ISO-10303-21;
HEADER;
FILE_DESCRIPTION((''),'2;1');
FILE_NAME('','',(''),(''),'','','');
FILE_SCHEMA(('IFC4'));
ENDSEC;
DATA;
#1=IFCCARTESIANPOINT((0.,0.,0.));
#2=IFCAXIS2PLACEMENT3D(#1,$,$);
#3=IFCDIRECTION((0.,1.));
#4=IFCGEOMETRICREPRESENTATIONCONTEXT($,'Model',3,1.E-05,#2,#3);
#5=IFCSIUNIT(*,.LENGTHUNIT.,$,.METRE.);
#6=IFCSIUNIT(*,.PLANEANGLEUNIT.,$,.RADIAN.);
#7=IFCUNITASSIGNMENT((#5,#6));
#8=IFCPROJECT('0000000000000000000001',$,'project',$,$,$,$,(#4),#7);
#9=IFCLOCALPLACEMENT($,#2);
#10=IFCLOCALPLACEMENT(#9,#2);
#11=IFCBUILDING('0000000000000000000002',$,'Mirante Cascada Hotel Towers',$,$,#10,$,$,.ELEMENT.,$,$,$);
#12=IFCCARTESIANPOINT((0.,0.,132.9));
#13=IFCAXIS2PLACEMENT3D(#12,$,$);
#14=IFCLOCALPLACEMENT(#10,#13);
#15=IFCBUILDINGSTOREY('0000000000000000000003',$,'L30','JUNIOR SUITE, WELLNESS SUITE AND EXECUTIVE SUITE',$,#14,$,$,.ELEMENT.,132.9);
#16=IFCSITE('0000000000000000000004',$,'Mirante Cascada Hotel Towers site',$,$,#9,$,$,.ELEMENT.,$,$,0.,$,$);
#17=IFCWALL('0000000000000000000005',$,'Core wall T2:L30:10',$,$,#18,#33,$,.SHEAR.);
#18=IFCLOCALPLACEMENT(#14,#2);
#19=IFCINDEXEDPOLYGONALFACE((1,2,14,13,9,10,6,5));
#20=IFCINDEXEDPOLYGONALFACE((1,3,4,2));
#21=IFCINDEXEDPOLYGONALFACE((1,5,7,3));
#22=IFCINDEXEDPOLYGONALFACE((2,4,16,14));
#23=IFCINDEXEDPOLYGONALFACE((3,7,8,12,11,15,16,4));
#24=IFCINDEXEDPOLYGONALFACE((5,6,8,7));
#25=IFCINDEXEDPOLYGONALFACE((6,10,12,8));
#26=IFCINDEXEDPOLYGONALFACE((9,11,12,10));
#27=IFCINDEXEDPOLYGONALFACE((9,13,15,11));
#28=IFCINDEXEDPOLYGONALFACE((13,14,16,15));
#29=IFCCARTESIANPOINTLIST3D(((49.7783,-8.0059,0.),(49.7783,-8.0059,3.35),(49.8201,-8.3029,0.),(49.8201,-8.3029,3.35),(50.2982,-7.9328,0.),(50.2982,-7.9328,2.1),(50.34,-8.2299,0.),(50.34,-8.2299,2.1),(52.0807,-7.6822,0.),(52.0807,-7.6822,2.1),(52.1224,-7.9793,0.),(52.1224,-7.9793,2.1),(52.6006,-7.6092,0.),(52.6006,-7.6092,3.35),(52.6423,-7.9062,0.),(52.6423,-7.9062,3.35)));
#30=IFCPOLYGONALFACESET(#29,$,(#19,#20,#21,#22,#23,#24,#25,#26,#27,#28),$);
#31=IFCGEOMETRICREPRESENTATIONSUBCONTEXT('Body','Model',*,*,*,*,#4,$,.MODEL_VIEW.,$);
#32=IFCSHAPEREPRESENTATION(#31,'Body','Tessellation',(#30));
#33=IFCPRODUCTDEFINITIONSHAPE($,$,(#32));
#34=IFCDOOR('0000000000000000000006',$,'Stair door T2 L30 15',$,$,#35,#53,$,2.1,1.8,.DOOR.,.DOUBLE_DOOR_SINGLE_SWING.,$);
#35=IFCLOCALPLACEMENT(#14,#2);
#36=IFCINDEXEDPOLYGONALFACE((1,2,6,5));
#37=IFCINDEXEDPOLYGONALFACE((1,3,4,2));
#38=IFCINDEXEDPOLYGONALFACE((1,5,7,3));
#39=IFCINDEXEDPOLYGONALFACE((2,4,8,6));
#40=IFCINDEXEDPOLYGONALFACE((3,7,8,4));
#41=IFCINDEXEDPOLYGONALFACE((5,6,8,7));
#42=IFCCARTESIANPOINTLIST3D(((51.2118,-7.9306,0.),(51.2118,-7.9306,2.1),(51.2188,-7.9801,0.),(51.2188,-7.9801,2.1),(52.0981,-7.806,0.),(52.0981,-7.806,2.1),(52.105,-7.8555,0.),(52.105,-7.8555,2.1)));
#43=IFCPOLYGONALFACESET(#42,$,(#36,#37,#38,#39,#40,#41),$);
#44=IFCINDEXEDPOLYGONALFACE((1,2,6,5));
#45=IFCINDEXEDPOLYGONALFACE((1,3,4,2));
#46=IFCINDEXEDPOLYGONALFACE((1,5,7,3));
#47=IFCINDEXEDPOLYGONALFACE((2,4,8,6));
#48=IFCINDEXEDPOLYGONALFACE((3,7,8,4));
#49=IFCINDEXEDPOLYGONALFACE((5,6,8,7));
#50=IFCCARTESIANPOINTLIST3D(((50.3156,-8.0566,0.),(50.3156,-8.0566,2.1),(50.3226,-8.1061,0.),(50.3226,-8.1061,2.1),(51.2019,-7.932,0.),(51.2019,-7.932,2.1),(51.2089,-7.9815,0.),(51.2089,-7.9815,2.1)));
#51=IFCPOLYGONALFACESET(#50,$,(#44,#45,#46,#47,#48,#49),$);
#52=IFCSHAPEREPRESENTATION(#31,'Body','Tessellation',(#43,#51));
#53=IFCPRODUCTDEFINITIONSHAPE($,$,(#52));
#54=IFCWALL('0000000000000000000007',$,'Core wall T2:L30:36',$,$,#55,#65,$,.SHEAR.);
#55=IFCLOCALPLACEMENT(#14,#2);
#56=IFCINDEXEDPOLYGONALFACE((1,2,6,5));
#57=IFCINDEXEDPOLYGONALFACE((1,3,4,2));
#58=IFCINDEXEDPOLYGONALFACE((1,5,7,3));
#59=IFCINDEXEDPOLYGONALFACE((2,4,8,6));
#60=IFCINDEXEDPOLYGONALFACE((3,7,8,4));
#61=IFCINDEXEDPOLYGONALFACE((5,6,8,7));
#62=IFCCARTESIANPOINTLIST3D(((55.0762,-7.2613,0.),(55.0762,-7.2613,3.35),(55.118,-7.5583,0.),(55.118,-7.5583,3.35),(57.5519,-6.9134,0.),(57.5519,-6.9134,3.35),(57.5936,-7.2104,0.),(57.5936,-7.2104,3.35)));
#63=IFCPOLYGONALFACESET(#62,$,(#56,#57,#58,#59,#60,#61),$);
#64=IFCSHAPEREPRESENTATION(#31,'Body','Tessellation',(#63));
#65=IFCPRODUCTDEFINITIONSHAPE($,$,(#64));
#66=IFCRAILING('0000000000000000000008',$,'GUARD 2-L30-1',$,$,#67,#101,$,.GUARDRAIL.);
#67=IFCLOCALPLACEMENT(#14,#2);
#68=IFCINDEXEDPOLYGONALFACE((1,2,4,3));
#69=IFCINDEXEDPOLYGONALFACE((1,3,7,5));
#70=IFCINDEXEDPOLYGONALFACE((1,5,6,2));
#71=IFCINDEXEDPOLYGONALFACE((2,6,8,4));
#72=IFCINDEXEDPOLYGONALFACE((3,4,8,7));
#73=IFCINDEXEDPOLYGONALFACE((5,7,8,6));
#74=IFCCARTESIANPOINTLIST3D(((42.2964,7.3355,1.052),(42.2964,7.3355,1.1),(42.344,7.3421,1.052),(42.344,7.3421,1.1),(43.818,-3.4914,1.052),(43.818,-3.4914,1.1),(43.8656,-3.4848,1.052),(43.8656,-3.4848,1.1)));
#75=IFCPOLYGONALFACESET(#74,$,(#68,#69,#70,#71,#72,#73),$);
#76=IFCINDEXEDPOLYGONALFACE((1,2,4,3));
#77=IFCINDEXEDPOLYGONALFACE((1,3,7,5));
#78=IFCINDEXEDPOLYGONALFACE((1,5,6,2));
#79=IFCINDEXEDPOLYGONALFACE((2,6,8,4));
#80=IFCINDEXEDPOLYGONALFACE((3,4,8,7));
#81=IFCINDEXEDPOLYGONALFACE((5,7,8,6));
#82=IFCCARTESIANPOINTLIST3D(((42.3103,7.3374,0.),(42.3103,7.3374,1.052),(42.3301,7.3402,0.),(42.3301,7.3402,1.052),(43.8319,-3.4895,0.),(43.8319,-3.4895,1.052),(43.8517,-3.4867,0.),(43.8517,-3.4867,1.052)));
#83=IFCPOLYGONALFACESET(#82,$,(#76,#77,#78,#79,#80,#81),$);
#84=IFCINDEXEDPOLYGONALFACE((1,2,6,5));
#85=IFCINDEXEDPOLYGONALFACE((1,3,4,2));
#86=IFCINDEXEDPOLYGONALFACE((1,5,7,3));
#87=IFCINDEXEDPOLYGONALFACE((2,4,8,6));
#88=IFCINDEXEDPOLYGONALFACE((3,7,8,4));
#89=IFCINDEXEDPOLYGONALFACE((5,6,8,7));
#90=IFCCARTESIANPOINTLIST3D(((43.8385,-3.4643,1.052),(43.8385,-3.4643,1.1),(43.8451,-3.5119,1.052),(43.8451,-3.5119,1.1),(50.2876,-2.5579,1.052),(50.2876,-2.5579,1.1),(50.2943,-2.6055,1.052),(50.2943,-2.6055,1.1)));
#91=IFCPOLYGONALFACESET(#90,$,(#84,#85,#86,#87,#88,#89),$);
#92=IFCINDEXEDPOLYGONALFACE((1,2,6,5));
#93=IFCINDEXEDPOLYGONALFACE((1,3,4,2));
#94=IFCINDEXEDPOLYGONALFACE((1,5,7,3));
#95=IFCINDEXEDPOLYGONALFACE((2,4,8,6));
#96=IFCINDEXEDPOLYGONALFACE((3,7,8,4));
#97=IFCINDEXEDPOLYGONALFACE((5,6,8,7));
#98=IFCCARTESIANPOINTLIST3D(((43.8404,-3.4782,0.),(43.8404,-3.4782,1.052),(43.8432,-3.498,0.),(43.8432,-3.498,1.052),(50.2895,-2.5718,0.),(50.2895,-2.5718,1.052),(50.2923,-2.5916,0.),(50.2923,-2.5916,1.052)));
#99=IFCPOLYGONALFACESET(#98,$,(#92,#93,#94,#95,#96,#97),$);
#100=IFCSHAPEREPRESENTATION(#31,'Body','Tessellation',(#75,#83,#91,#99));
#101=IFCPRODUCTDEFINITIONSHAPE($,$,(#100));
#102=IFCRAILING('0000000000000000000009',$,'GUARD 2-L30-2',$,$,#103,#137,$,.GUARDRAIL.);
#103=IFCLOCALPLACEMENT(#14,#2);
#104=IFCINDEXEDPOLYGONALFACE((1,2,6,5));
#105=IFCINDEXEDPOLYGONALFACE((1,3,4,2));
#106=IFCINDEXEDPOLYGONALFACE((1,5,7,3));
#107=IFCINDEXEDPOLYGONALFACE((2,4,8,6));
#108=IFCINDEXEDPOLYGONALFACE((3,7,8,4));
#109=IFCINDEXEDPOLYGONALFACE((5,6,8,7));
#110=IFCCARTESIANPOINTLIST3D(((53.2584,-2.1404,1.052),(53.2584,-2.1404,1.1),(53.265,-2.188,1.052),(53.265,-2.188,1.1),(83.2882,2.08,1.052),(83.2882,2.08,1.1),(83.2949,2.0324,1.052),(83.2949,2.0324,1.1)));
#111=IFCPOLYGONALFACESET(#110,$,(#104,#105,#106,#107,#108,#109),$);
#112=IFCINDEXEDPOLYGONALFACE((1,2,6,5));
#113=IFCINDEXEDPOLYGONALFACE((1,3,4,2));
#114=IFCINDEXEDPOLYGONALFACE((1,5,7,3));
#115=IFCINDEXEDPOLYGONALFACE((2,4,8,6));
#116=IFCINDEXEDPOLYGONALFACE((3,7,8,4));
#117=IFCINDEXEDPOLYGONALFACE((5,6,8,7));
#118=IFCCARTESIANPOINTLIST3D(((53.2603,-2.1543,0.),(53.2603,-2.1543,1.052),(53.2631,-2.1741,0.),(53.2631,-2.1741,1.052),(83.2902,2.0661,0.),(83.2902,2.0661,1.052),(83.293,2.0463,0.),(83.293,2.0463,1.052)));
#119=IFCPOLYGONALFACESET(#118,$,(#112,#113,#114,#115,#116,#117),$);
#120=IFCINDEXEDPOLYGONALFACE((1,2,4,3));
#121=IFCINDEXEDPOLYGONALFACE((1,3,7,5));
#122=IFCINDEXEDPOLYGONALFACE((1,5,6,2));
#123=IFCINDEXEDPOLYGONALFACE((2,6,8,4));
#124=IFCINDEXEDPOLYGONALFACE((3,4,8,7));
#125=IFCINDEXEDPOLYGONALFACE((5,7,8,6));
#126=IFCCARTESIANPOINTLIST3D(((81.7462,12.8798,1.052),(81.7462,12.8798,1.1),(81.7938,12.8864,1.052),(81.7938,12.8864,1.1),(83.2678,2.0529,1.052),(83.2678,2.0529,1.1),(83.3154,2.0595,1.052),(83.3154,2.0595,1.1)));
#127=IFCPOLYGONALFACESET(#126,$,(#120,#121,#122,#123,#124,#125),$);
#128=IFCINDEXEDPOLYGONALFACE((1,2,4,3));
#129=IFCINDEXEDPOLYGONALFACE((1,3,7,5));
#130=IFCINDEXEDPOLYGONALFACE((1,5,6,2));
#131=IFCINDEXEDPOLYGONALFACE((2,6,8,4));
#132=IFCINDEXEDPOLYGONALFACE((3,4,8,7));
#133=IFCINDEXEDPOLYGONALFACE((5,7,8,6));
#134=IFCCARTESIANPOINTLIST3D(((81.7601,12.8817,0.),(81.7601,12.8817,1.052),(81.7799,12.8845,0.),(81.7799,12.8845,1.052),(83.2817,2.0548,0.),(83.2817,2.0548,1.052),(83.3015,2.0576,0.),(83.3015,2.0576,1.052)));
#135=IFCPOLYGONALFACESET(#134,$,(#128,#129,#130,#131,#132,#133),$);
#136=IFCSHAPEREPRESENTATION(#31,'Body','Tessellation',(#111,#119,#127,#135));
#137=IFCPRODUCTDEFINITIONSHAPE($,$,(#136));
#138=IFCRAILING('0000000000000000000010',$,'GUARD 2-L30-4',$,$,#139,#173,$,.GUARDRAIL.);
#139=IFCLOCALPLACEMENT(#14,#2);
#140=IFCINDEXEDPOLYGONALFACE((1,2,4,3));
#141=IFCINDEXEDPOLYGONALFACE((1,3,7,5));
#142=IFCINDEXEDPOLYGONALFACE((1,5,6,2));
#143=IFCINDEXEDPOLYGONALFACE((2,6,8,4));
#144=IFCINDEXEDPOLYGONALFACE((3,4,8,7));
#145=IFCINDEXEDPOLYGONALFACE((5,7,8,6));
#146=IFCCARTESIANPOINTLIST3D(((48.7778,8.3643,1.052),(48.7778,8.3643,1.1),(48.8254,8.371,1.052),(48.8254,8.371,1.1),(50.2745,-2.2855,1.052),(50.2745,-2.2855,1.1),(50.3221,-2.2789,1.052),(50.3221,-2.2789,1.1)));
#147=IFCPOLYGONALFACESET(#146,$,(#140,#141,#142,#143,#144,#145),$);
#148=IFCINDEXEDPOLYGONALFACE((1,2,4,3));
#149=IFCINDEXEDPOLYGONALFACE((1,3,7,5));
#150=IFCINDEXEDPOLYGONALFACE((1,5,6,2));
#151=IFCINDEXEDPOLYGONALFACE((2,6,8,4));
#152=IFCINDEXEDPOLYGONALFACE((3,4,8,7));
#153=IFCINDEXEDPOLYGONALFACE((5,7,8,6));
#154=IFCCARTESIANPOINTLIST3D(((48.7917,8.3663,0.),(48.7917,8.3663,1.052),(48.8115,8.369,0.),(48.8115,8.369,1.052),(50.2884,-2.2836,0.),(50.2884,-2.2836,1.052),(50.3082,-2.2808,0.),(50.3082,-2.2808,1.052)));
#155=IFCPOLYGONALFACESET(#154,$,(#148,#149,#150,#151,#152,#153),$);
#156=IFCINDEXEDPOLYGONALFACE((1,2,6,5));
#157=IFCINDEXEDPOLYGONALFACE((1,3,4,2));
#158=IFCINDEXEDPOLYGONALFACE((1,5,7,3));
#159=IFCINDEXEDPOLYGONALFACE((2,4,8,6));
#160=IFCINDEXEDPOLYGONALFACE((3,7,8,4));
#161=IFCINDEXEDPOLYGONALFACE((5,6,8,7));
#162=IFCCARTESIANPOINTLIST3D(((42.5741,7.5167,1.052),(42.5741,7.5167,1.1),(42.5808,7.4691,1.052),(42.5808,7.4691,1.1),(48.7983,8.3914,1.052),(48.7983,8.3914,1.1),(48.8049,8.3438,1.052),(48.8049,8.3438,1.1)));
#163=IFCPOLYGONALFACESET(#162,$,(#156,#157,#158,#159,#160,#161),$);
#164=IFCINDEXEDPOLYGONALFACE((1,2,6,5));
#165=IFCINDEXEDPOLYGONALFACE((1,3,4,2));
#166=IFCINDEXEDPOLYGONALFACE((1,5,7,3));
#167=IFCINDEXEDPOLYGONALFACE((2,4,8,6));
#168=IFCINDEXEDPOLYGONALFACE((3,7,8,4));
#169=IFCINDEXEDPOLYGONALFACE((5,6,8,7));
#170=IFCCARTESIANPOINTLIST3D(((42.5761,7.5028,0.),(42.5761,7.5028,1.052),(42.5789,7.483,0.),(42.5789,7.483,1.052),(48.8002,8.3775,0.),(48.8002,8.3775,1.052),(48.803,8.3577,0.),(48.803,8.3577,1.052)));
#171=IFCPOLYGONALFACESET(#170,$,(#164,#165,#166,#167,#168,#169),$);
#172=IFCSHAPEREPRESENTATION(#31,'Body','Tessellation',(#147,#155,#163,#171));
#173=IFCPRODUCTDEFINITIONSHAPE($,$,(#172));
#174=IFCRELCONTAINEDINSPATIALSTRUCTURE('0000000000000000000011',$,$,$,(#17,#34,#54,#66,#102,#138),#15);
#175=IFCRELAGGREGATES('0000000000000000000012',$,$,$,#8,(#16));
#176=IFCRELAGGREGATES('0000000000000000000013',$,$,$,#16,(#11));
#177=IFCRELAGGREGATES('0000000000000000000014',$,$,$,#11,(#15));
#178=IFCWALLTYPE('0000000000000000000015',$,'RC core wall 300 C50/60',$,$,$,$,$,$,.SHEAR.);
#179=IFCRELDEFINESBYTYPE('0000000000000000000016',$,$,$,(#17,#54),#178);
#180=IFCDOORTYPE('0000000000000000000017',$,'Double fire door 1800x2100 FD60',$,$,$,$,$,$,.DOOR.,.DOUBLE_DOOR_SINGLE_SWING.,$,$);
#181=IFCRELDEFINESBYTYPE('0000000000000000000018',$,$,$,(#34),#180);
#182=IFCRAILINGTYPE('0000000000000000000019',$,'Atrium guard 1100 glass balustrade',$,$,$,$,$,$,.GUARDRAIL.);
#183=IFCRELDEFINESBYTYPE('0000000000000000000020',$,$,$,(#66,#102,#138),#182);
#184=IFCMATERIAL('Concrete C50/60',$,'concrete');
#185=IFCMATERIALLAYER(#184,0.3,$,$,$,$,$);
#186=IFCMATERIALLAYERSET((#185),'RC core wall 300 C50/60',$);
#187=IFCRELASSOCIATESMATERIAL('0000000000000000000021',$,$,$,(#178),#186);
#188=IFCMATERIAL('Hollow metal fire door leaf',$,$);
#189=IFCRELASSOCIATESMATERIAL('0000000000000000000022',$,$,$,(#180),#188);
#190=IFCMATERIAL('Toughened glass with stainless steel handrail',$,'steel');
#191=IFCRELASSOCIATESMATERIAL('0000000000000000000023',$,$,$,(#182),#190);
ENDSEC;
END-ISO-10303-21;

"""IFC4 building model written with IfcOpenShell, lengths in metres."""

from ifc_helpers import new_model, si_unit, direction, frame, frame_2d, origin, origin_2d, place, context, subcontext, project, spatial, rectangle, extrude, material, layer, layer_set, type_object, element, fill, save


model = new_model("IFC4")

# Units and contexts
model_context = context("Model", 3, precision=1e-05, world=origin(), true_north=direction((0.0, 1.0)))
body_context = subcontext(model_context, "Body", "Model", "MODEL_VIEW")
ifc_project = project(units=[si_unit("LENGTHUNIT", "METRE"), si_unit("PLANEANGLEUNIT", "RADIAN")], contexts=[model_context])

# Site, building, storey
site_placement = place(None, origin())
site = spatial("IfcSite", under=ifc_project, at=site_placement, Name="Mirante Cascada Hotel Towers site", CompositionType="ELEMENT", RefElevation=0.0)
building_placement = place(site_placement, origin())
building = spatial("IfcBuilding", under=site, at=building_placement, Name="Mirante Cascada Hotel Towers", CompositionType="ELEMENT")
storey_placement = place(building_placement, frame((0.0, 0.0, 132.9)))
storey = spatial("IfcBuildingStorey", under=building, at=storey_placement, Name="L30", Description="JUNIOR SUITE, WELLNESS SUITE AND EXECUTIVE SUITE", CompositionType="ELEMENT", Elevation=132.9)

# Wall, opening, door
ifc_material_1 = material(Name="Concrete C50/60", Category="concrete")
ifc_layer_1 = layer(ifc_material_1, 0.3)
ifc_layer_set_1 = layer_set([ifc_layer_1], Name="RC core wall 300 C50/60")
wall_type_1 = type_object("IfcWallType", Name="RC core wall 300 C50/60", PredefinedType="SHEAR", material=ifc_layer_set_1)
wall_1_placement = place(storey_placement, frame((49.7992, -8.1544, 0.0), z_axis=(0.0, 0.0, 1.0), x_axis=(0.990266, 0.139191, 0.0)))
wall_1 = element("IfcWall", 1, at=wall_1_placement, inside=storey, type_object=wall_type_1, Name="Core wall T2:L30:10", PredefinedType="SHEAR", context=body_context, shape_type="SweptSolid", body=[
    extrude(rectangle(XDim=2.85, YDim=0.3, at=frame_2d((1.425, 0.0))), origin(), (0.0, 0.0, 1.0), 3.35),
])
opening_1_placement = place(wall_1_placement, frame((0.525, 0.0, 0.0)))
opening_1 = element("IfcOpeningElement", 2, at=opening_1_placement, cuts=wall_1, PredefinedType="OPENING", context=body_context, shape_type="SweptSolid", body=[
    extrude(rectangle(XDim=1.8, YDim=2.1, at=frame_2d((0.9, 1.05))), frame((0.0, 0.15, 0.0), z_axis=(0.0, -1.0, 0.0), x_axis=(1.0, 0.0, 0.0)), (0.0, 0.0, 1.0), 0.3),
])
ifc_material_2 = material(Name="Hollow metal fire door leaf")
door_type_1 = type_object("IfcDoorType", Name="Double fire door 1800x2100 FD60", OperationType="DOUBLE_DOOR_SINGLE_SWING", PredefinedType="DOOR", material=ifc_material_2)
door_1_placement = place(opening_1_placement, frame((1.8, 0.0, 0.0), z_axis=(0.0, 0.0, 1.0), x_axis=(-1.0, 0.0, 0.0)))
door_1 = element("IfcDoor", 3, at=door_1_placement, inside=storey, type_object=door_type_1, Name="Stair door T2 L30 15", OperationType="DOUBLE_DOOR_SINGLE_SWING", OverallHeight=2.1, OverallWidth=1.8, PredefinedType="DOOR", context=body_context, shape_type="SweptSolid", body=[
    extrude(rectangle(XDim=0.895, YDim=2.1, at=frame_2d((0.4475, 1.05))), frame((0.0, 0.025, 0.0), z_axis=(0.0, -1.0, 0.0), x_axis=(1.0, 0.0, 0.0)), (0.0, 0.0, 1.0), 0.05),
    extrude(rectangle(XDim=0.895, YDim=2.1, at=frame_2d((1.3525, 1.05))), frame((0.0, 0.025, 0.0), z_axis=(0.0, -1.0, 0.0), x_axis=(1.0, 0.0, 0.0)), (0.0, 0.0, 1.0), 0.05),
])
fill(opening_1, door_1)

# Wall
wall_2_placement = place(storey_placement, frame((55.0971, -7.4098, 0.0), z_axis=(0.0, 0.0, 1.0), x_axis=(0.99027, 0.139159, 0.0)))
element("IfcWall", 4, at=wall_2_placement, inside=storey, type_object=wall_type_1, Name="Core wall T2:L30:36", PredefinedType="SHEAR", context=body_context, shape_type="SweptSolid", body=[
    extrude(rectangle(XDim=2.5, YDim=0.3, at=frame_2d((1.25, 0.0))), origin(), (0.0, 0.0, 1.0), 3.35),
])

# Railings
ifc_material_3 = material(Name="Toughened glass with stainless steel handrail", Category="steel")
railing_type = type_object("IfcRailingType", Name="Atrium guard 1100 glass balustrade", PredefinedType="GUARDRAIL", material=ifc_material_3)
railing_1_placement = place(storey_placement, frame((42.3202, 7.3388, 0.0)))
element("IfcRailing", 5, at=railing_1_placement, inside=storey, type_object=railing_type, Name="GUARD 2-L30-1", PredefinedType="GUARDRAIL", context=body_context, shape_type="SweptSolid", body=[
    extrude(rectangle(XDim=0.048, YDim=0.048, at=origin_2d()), frame((0.0, 0.0, 1.076), z_axis=(0.139171, -0.990268, 0.0), x_axis=(0.990268, 0.139171, 0.0)), (0.0, 0.0, 1.0), 10.9333),
    extrude(rectangle(XDim=0.02, YDim=1.052, at=origin_2d()), frame((0.0, 0.0, 0.526), z_axis=(0.139171, -0.990268, 0.0), x_axis=(0.990268, 0.139171, 0.0)), (0.0, 0.0, 1.0), 10.9333),
    extrude(rectangle(XDim=0.048, YDim=0.048, at=origin_2d()), frame((1.5216, -10.8269, 1.076), z_axis=(0.990267, 0.139179, 0.0), x_axis=(-0.139179, 0.990267, 0.0)), (0.0, 0.0, 1.0), 6.5125),
    extrude(rectangle(XDim=0.02, YDim=1.052, at=origin_2d()), frame((1.5216, -10.8269, 0.526), z_axis=(0.990267, 0.139179, 0.0), x_axis=(-0.139179, 0.990267, 0.0)), (0.0, 0.0, 1.0), 6.5125),
])
railing_2_placement = place(storey_placement, frame((53.2617, -2.1642, 0.0)))
element("IfcRailing", 6, at=railing_2_placement, inside=storey, type_object=railing_type, Name="GUARD 2-L30-2", PredefinedType="GUARDRAIL", context=body_context, shape_type="SweptSolid", body=[
    extrude(rectangle(XDim=0.048, YDim=0.048, at=origin_2d()), frame((0.0, 0.0, 1.076), z_axis=(0.990268, 0.139172, 0.0), x_axis=(-0.139172, 0.990268, 0.0)), (0.0, 0.0, 1.0), 30.325),
    extrude(rectangle(XDim=0.02, YDim=1.052, at=origin_2d()), frame((0.0, 0.0, 0.526), z_axis=(0.990268, 0.139172, 0.0), x_axis=(-0.139172, 0.990268, 0.0)), (0.0, 0.0, 1.0), 30.325),
    extrude(rectangle(XDim=0.048, YDim=0.048, at=origin_2d()), frame((30.0299, 4.2204, 1.076), z_axis=(-0.139171, 0.990268, 0.0), x_axis=(-0.990268, -0.139171, 0.0)), (0.0, 0.0, 1.0), 10.9333),
    extrude(rectangle(XDim=0.02, YDim=1.052, at=origin_2d()), frame((30.0299, 4.2204, 0.526), z_axis=(-0.139171, 0.990268, 0.0), x_axis=(-0.990268, -0.139171, 0.0)), (0.0, 0.0, 1.0), 10.9333),
])
railing_3_placement = place(storey_placement, frame((50.2983, -2.2822, 0.0)))
element("IfcRailing", 7, at=railing_3_placement, inside=storey, type_object=railing_type, Name="GUARD 2-L30-4", PredefinedType="GUARDRAIL", context=body_context, shape_type="SweptSolid", body=[
    extrude(rectangle(XDim=0.048, YDim=0.048, at=origin_2d()), frame((0.0, 0.0, 1.076), z_axis=(-0.13917, 0.990268, 0.0), x_axis=(-0.990268, -0.13917, 0.0)), (0.0, 0.0, 1.0), 10.7545),
    extrude(rectangle(XDim=0.02, YDim=1.052, at=origin_2d()), frame((0.0, 0.0, 0.526), z_axis=(-0.13917, 0.990268, 0.0), x_axis=(-0.990268, -0.13917, 0.0)), (0.0, 0.0, 1.0), 10.7545),
    extrude(rectangle(XDim=0.048, YDim=0.048, at=origin_2d()), frame((-1.4967, 10.6498, 1.076), z_axis=(-0.990269, -0.139167, 0.0), x_axis=(0.139167, -0.990269, 0.0)), (0.0, 0.0, 1.0), 6.2853),
    extrude(rectangle(XDim=0.02, YDim=1.052, at=origin_2d()), frame((-1.4967, 10.6498, 0.526), z_axis=(-0.990269, -0.139167, 0.0), x_axis=(0.139167, -0.990269, 0.0)), (0.0, 0.0, 1.0), 6.2853),
])

save(model, "model.ifc")
